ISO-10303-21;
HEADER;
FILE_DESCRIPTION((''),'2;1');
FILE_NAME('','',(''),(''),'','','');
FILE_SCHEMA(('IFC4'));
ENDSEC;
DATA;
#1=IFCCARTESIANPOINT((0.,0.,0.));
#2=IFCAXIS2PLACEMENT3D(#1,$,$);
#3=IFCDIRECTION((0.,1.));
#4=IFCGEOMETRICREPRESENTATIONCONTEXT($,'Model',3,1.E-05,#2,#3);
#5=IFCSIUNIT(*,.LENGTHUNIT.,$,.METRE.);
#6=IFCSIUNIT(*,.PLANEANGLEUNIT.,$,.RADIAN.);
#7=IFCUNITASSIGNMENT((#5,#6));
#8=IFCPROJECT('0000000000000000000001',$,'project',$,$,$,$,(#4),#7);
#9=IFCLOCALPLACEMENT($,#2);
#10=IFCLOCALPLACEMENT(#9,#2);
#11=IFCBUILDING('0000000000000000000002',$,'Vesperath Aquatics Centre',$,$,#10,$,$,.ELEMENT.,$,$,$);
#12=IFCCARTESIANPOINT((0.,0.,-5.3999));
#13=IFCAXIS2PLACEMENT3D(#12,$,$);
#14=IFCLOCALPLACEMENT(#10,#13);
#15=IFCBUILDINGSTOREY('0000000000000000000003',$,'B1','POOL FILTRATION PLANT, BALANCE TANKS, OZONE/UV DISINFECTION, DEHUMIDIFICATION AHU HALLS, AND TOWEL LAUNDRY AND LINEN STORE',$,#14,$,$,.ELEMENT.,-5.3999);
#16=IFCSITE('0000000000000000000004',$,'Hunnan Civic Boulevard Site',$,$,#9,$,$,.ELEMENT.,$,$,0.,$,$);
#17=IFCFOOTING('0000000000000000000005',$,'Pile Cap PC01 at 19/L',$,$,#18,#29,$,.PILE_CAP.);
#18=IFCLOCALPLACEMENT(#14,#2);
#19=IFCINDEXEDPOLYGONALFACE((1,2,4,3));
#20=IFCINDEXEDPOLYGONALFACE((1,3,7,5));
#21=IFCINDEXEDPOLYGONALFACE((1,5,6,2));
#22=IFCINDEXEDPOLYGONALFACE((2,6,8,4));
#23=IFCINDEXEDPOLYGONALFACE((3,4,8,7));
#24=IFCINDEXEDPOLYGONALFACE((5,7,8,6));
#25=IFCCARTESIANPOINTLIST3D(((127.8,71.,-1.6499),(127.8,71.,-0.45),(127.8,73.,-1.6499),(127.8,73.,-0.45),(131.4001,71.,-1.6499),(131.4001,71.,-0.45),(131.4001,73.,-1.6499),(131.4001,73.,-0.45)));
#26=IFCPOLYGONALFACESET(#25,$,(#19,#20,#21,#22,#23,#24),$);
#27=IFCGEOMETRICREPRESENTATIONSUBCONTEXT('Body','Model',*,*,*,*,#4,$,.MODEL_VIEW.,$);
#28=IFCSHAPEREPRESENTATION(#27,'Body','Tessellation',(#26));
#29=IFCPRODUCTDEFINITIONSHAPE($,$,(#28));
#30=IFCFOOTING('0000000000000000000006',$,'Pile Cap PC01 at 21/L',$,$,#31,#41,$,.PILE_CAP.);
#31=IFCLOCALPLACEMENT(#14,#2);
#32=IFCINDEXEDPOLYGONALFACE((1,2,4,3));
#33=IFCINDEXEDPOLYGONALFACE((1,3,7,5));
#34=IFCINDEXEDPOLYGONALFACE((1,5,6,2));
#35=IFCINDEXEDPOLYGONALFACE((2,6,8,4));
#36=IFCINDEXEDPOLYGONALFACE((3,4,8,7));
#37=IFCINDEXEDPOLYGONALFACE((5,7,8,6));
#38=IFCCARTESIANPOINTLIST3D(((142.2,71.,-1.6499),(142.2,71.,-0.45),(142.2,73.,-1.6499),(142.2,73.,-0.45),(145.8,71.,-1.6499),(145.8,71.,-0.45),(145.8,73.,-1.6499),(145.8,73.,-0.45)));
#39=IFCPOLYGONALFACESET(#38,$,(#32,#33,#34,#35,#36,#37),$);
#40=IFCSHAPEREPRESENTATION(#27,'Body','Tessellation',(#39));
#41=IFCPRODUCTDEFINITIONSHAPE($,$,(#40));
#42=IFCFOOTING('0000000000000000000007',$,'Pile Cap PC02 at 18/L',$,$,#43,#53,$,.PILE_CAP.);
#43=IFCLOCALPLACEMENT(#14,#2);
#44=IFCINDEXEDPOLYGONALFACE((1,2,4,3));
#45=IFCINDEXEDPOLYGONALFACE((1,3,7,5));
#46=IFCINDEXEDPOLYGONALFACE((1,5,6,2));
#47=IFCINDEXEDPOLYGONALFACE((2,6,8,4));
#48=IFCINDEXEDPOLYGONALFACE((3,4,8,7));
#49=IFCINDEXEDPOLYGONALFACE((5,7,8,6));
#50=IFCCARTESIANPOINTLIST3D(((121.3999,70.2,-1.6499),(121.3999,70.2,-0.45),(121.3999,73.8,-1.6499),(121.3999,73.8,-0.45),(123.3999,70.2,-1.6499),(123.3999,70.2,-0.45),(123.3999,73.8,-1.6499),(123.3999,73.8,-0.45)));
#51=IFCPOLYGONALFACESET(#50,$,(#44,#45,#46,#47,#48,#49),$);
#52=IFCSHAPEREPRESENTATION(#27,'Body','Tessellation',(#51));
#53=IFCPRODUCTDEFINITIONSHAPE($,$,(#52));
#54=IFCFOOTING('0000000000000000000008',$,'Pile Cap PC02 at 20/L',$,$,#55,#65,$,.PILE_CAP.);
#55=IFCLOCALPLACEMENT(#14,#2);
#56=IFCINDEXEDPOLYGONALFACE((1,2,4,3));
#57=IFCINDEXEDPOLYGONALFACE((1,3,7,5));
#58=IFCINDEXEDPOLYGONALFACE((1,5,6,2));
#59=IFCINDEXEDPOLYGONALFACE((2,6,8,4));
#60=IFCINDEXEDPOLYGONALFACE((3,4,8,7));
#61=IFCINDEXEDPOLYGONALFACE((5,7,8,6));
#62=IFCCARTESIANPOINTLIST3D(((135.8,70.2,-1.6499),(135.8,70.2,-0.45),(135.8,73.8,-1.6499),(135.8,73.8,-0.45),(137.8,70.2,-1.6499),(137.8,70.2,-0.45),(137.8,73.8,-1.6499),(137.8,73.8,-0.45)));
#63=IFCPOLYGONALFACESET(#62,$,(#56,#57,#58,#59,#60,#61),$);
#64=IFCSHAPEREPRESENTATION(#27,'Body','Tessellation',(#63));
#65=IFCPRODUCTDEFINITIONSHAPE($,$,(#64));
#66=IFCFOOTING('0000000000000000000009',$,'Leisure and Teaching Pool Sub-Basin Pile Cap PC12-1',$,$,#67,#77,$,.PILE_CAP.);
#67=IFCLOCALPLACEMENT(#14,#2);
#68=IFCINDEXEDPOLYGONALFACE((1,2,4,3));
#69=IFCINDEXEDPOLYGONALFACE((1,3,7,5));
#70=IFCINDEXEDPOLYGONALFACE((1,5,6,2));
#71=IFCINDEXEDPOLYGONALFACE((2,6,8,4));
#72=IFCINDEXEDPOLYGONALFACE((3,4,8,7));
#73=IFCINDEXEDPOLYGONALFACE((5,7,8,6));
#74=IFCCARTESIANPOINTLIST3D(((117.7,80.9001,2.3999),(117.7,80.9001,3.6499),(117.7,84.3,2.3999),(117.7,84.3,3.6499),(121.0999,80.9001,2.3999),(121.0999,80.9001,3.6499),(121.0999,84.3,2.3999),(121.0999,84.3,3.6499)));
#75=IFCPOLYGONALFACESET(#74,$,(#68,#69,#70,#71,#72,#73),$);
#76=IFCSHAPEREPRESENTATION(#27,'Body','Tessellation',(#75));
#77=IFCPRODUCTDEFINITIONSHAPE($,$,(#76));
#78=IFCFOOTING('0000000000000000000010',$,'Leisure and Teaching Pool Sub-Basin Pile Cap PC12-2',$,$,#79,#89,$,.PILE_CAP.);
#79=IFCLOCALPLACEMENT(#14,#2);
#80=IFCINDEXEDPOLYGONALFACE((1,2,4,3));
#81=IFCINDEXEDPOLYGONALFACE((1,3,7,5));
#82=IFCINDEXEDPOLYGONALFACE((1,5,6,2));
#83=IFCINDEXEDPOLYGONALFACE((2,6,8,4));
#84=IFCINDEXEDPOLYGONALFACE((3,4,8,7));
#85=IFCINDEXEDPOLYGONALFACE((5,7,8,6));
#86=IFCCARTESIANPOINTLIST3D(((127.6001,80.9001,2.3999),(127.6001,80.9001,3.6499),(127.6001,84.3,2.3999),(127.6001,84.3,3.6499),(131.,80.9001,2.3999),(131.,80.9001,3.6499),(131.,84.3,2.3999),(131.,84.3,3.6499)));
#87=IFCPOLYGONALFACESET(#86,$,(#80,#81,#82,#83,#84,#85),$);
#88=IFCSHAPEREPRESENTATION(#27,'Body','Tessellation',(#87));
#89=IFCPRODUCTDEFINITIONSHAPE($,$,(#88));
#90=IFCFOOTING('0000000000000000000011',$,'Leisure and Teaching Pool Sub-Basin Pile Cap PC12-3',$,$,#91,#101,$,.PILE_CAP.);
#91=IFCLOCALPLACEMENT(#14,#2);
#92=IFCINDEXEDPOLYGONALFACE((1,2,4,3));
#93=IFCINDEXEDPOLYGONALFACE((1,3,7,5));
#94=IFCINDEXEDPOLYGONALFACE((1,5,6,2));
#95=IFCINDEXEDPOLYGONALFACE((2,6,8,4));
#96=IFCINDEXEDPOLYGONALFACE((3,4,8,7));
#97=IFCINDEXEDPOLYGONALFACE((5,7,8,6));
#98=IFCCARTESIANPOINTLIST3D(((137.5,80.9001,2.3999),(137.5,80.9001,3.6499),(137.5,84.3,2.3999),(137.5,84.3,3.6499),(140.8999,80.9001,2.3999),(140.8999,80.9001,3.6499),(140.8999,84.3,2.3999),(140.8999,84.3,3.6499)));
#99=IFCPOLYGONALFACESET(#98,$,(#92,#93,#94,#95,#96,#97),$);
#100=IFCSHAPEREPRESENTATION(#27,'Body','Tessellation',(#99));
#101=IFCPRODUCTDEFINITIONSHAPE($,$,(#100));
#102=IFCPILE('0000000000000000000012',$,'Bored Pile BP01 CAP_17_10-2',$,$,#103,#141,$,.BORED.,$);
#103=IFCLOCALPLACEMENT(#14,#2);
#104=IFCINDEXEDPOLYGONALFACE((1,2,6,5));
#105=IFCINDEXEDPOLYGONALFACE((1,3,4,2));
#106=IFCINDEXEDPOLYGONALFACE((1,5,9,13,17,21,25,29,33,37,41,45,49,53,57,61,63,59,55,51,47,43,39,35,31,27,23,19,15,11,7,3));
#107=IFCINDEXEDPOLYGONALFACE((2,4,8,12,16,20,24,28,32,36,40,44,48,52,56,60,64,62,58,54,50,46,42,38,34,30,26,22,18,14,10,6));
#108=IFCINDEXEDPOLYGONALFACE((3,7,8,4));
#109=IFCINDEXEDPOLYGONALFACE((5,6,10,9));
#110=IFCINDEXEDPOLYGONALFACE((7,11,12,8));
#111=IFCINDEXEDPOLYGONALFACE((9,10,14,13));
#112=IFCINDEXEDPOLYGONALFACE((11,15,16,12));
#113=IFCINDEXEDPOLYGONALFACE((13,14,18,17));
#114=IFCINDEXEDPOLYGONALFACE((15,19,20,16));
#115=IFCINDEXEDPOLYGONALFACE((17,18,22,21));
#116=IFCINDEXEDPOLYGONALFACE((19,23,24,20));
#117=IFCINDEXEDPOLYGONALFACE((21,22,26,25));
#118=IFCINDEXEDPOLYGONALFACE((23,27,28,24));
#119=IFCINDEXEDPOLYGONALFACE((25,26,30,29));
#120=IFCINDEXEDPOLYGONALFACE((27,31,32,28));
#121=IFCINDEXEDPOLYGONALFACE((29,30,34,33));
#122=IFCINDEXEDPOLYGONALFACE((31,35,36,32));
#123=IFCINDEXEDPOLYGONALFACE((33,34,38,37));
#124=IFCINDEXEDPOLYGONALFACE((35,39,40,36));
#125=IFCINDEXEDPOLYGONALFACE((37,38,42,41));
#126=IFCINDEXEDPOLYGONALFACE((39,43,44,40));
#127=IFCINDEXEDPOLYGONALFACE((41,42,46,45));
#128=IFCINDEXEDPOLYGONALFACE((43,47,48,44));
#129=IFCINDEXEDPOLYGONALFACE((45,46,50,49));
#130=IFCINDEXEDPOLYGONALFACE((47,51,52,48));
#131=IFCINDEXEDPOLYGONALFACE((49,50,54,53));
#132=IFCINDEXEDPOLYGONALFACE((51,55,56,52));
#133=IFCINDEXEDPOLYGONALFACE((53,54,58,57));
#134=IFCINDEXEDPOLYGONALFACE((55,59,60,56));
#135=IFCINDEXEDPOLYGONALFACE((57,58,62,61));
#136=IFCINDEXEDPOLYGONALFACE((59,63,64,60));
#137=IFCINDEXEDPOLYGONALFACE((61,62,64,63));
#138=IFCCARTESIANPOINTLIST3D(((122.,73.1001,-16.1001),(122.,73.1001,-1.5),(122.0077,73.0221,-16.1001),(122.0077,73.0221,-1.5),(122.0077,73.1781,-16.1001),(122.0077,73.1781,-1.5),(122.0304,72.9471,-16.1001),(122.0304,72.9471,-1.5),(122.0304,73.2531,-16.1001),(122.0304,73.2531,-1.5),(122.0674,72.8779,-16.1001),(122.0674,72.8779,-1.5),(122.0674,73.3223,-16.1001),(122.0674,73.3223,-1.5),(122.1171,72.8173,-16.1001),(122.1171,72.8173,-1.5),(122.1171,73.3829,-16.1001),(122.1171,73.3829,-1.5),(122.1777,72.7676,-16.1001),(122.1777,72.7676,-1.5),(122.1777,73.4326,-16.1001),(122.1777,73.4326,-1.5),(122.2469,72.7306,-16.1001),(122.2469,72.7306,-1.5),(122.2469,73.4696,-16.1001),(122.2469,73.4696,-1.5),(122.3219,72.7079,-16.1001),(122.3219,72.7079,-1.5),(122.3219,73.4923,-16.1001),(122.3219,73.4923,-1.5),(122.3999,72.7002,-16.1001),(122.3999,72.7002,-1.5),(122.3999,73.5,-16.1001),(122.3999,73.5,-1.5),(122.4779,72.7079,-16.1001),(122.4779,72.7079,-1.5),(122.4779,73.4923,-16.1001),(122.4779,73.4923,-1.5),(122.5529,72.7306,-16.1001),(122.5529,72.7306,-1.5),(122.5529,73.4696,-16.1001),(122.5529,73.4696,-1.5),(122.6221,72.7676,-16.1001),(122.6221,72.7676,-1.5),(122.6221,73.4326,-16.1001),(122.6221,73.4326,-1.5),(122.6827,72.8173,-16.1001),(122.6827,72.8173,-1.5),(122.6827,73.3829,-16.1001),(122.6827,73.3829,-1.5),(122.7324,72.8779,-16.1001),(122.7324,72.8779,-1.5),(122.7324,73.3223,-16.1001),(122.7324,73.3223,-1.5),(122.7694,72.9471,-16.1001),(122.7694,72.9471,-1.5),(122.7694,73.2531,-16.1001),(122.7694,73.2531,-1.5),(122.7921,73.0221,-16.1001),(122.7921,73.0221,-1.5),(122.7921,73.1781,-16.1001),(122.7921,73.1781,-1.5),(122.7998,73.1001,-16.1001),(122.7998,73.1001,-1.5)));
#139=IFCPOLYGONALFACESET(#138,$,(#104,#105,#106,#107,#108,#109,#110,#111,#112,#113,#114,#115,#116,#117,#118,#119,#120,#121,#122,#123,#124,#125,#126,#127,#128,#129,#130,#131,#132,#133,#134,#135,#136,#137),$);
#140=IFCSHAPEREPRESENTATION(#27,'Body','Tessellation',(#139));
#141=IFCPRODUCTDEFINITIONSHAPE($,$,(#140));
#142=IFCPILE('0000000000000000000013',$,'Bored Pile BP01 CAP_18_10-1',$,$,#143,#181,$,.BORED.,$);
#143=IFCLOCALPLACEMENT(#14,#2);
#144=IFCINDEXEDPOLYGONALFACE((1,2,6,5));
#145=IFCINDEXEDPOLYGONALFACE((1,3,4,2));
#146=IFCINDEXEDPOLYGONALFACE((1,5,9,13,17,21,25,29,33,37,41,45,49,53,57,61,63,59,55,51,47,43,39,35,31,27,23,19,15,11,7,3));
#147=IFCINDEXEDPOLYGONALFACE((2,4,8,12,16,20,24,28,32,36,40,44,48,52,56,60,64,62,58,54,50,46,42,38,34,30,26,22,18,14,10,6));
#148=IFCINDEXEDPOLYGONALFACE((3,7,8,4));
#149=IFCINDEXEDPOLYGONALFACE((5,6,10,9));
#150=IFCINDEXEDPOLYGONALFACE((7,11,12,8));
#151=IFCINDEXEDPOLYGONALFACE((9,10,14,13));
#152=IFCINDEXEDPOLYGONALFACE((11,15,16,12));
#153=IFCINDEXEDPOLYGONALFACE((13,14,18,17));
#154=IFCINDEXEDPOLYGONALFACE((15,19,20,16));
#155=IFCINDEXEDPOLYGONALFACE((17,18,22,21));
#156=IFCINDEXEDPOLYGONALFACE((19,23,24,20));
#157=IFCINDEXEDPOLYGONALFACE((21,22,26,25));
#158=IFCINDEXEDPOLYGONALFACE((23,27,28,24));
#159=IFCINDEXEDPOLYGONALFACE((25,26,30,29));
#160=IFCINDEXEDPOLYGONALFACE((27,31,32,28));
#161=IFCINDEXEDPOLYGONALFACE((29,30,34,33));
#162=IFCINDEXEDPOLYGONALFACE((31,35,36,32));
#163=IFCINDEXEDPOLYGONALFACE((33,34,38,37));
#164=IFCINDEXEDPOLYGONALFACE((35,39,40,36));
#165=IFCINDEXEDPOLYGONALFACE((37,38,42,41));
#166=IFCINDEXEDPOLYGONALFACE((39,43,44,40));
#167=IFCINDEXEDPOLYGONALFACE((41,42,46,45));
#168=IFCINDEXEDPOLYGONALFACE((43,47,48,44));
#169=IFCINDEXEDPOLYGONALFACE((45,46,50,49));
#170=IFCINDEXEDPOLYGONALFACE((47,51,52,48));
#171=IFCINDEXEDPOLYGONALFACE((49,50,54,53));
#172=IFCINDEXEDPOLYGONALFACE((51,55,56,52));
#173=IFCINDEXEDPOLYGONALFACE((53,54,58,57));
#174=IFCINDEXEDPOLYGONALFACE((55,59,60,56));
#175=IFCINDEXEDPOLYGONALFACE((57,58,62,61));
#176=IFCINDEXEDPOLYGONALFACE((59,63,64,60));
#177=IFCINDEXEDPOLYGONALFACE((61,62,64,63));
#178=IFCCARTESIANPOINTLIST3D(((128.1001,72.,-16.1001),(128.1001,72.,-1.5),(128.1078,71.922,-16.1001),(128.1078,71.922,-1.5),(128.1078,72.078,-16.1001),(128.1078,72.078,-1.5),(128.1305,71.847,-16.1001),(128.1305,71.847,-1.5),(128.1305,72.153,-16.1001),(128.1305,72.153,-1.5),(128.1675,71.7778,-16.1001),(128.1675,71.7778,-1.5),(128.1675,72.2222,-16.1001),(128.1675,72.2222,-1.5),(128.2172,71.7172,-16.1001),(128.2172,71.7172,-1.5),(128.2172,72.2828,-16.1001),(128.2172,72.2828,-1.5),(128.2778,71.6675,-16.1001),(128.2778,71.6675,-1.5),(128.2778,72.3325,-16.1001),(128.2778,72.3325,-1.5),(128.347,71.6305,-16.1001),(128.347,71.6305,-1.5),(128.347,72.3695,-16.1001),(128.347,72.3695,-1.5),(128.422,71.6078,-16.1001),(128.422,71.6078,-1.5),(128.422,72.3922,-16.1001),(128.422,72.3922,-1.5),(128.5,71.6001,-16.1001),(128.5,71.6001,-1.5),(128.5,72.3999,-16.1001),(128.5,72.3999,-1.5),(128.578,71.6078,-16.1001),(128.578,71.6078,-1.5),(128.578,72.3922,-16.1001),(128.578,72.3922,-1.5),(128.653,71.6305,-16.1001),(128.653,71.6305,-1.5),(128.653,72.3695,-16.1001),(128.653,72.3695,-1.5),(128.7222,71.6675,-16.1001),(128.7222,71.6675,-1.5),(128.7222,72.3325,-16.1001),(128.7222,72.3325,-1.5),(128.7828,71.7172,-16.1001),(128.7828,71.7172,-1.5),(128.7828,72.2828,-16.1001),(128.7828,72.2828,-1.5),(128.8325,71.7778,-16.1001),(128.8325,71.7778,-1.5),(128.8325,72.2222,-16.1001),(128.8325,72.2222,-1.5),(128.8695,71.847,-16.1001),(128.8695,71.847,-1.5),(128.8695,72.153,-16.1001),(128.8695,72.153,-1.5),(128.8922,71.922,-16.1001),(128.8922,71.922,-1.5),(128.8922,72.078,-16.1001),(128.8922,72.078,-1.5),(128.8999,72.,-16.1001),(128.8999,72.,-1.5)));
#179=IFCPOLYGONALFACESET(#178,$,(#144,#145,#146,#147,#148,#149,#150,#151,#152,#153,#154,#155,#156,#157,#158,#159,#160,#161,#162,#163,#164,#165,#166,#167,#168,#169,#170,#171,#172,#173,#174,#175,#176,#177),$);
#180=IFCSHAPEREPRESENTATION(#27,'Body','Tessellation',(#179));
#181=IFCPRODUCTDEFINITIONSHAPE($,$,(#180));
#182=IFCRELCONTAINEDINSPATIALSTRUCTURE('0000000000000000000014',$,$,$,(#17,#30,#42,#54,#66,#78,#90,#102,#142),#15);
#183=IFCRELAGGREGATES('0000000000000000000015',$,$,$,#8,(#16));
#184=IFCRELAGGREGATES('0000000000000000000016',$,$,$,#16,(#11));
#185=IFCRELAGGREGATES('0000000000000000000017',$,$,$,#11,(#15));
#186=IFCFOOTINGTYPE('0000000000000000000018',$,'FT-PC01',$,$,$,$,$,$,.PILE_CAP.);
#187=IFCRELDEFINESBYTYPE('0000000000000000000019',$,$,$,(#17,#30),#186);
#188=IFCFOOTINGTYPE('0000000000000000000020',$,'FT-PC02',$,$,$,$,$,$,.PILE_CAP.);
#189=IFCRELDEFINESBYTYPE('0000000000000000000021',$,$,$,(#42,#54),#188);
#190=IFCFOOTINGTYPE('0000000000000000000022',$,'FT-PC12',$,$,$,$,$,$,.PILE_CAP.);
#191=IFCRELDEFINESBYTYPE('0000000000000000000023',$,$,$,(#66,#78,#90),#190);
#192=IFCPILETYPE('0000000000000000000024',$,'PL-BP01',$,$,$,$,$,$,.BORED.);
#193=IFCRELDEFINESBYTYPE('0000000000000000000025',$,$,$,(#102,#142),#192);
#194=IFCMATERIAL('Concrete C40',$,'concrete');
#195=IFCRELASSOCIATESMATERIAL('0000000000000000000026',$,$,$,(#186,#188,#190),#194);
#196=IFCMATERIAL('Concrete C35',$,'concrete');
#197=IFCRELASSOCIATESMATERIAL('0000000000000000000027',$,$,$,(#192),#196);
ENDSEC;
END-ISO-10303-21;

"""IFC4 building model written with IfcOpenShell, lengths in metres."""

from ifc_helpers import new_model, si_unit, direction, frame, origin, origin_2d, place, context, subcontext, project, spatial, rectangle, circle, extrude, material, material_profile, profile_set, type_object, element, save


model = new_model("IFC4")

# Units and contexts
model_context = context("Model", 3, precision=1e-05, world=origin(), true_north=direction((0.0, 1.0)))
body_context = subcontext(model_context, "Body", "Model", "MODEL_VIEW")
ifc_project = project(units=[si_unit("LENGTHUNIT", "METRE"), si_unit("PLANEANGLEUNIT", "RADIAN")], contexts=[model_context])

# Site, building, storey
site_placement = place(None, origin())
site = spatial("IfcSite", under=ifc_project, at=site_placement, Name="Hunnan Civic Boulevard Site", CompositionType="ELEMENT", RefElevation=0.0)
building_placement = place(site_placement, origin())
building = spatial("IfcBuilding", under=site, at=building_placement, Name="Vesperath Aquatics Centre", CompositionType="ELEMENT")
storey_placement = place(building_placement, frame((0.0, 0.0, -5.3999)))
storey = spatial("IfcBuildingStorey", under=building, at=storey_placement, Name="B1", Description="POOL FILTRATION PLANT, BALANCE TANKS, OZONE/UV DISINFECTION, DEHUMIDIFICATION AHU HALLS, AND TOWEL LAUNDRY AND LINEN STORE", CompositionType="ELEMENT", Elevation=-5.3999)

# Footings
ifc_material_1 = material(Name="Concrete C40", Category="concrete")
footing_type_1 = type_object("IfcFootingType", Name="FT-PC01", PredefinedType="PILE_CAP", material=ifc_material_1)
for number, where, z_axis, x_axis, name in (
    (1, (129.6001, 72.0, -1.6499), (0.0, 0.0, 1.0), (1.0, 0.0, 0.0), "Pile Cap PC01 at 19/L"),
    (2, (144.0, 72.0, -1.6499), (0.0, 0.0, 1.0), (1.0, 0.0, 0.0), "Pile Cap PC01 at 21/L"),
):
    element("IfcFooting", number, at=place(storey_placement, frame(where, z_axis=z_axis, x_axis=x_axis)), inside=storey, type_object=footing_type_1, Name=name, PredefinedType="PILE_CAP", context=body_context, shape_type="SweptSolid", body=[
        extrude(rectangle(XDim=3.6001, YDim=2.0, at=origin_2d()), origin(), (0.0, 0.0, 1.0), 1.2),
    ])
footing_type_2 = type_object("IfcFootingType", Name="FT-PC02", PredefinedType="PILE_CAP", material=ifc_material_1)
for number, where, z_axis, x_axis, name in (
    (3, (122.3999, 72.0, -1.6499), (0.0, 0.0, 1.0), (1.0, 0.0, 0.0), "Pile Cap PC02 at 18/L"),
    (4, (136.8, 72.0, -1.6499), (0.0, 0.0, 1.0), (1.0, 0.0, 0.0), "Pile Cap PC02 at 20/L"),
):
    element("IfcFooting", number, at=place(storey_placement, frame(where, z_axis=z_axis, x_axis=x_axis)), inside=storey, type_object=footing_type_2, Name=name, PredefinedType="PILE_CAP", context=body_context, shape_type="SweptSolid", body=[
        extrude(rectangle(XDim=2.0, YDim=3.6001, at=origin_2d()), origin(), (0.0, 0.0, 1.0), 1.2),
    ])
footing_type_3 = type_object("IfcFootingType", Name="FT-PC12", PredefinedType="PILE_CAP", material=ifc_material_1)
for number, where, z_axis, x_axis, name in (
    (5, (119.3999, 82.6001, 2.3999), (0.0, 0.0, 1.0), (1.0, 0.0, 0.0), "Leisure and Teaching Pool Sub-Basin Pile Cap PC12-1"),
    (6, (129.3, 82.6001, 2.3999), (0.0, 0.0, 1.0), (1.0, 0.0, 0.0), "Leisure and Teaching Pool Sub-Basin Pile Cap PC12-2"),
    (7, (139.2, 82.6001, 2.3999), (0.0, 0.0, 1.0), (1.0, 0.0, 0.0), "Leisure and Teaching Pool Sub-Basin Pile Cap PC12-3"),
):
    element("IfcFooting", number, at=place(storey_placement, frame(where, z_axis=z_axis, x_axis=x_axis)), inside=storey, type_object=footing_type_3, Name=name, PredefinedType="PILE_CAP", context=body_context, shape_type="SweptSolid", body=[
        extrude(rectangle(XDim=3.3999, YDim=3.3999, at=origin_2d()), origin(), (0.0, 0.0, 1.0), 1.25),
    ])

# Piles
ifc_material_2 = material(Name="Concrete C35", Category="concrete")
ifc_material_profile_1 = material_profile(ifc_material_2, circle(Radius=0.3999, at=origin_2d()), Name="PILE D800")
ifc_profile_set_1 = profile_set([ifc_material_profile_1], Name="Concrete C35")
pile_type = type_object("IfcPileType", Name="PL-BP01", PredefinedType="BORED", material=ifc_profile_set_1)
for number, where, z_axis, x_axis, name in (
    (8, (122.3999, 73.1001, -1.5), (0.0, 0.0, -1.0), (1.0, 0.0, 0.0), "Bored Pile BP01 CAP_17_10-2"),
    (9, (128.5, 72.0, -1.5), (0.0, 0.0, -1.0), (1.0, 0.0, 0.0), "Bored Pile BP01 CAP_18_10-1"),
):
    element("IfcPile", number, at=place(storey_placement, frame(where, z_axis=z_axis, x_axis=x_axis)), inside=storey, type_object=pile_type, Name=name, PredefinedType="BORED", context=body_context, shape_type="SweptSolid", body=[
        extrude(circle(Radius=0.3999, at=origin_2d()), origin(), (0.0, 0.0, 1.0), 14.6001),
    ])

save(model, "model.ifc")
